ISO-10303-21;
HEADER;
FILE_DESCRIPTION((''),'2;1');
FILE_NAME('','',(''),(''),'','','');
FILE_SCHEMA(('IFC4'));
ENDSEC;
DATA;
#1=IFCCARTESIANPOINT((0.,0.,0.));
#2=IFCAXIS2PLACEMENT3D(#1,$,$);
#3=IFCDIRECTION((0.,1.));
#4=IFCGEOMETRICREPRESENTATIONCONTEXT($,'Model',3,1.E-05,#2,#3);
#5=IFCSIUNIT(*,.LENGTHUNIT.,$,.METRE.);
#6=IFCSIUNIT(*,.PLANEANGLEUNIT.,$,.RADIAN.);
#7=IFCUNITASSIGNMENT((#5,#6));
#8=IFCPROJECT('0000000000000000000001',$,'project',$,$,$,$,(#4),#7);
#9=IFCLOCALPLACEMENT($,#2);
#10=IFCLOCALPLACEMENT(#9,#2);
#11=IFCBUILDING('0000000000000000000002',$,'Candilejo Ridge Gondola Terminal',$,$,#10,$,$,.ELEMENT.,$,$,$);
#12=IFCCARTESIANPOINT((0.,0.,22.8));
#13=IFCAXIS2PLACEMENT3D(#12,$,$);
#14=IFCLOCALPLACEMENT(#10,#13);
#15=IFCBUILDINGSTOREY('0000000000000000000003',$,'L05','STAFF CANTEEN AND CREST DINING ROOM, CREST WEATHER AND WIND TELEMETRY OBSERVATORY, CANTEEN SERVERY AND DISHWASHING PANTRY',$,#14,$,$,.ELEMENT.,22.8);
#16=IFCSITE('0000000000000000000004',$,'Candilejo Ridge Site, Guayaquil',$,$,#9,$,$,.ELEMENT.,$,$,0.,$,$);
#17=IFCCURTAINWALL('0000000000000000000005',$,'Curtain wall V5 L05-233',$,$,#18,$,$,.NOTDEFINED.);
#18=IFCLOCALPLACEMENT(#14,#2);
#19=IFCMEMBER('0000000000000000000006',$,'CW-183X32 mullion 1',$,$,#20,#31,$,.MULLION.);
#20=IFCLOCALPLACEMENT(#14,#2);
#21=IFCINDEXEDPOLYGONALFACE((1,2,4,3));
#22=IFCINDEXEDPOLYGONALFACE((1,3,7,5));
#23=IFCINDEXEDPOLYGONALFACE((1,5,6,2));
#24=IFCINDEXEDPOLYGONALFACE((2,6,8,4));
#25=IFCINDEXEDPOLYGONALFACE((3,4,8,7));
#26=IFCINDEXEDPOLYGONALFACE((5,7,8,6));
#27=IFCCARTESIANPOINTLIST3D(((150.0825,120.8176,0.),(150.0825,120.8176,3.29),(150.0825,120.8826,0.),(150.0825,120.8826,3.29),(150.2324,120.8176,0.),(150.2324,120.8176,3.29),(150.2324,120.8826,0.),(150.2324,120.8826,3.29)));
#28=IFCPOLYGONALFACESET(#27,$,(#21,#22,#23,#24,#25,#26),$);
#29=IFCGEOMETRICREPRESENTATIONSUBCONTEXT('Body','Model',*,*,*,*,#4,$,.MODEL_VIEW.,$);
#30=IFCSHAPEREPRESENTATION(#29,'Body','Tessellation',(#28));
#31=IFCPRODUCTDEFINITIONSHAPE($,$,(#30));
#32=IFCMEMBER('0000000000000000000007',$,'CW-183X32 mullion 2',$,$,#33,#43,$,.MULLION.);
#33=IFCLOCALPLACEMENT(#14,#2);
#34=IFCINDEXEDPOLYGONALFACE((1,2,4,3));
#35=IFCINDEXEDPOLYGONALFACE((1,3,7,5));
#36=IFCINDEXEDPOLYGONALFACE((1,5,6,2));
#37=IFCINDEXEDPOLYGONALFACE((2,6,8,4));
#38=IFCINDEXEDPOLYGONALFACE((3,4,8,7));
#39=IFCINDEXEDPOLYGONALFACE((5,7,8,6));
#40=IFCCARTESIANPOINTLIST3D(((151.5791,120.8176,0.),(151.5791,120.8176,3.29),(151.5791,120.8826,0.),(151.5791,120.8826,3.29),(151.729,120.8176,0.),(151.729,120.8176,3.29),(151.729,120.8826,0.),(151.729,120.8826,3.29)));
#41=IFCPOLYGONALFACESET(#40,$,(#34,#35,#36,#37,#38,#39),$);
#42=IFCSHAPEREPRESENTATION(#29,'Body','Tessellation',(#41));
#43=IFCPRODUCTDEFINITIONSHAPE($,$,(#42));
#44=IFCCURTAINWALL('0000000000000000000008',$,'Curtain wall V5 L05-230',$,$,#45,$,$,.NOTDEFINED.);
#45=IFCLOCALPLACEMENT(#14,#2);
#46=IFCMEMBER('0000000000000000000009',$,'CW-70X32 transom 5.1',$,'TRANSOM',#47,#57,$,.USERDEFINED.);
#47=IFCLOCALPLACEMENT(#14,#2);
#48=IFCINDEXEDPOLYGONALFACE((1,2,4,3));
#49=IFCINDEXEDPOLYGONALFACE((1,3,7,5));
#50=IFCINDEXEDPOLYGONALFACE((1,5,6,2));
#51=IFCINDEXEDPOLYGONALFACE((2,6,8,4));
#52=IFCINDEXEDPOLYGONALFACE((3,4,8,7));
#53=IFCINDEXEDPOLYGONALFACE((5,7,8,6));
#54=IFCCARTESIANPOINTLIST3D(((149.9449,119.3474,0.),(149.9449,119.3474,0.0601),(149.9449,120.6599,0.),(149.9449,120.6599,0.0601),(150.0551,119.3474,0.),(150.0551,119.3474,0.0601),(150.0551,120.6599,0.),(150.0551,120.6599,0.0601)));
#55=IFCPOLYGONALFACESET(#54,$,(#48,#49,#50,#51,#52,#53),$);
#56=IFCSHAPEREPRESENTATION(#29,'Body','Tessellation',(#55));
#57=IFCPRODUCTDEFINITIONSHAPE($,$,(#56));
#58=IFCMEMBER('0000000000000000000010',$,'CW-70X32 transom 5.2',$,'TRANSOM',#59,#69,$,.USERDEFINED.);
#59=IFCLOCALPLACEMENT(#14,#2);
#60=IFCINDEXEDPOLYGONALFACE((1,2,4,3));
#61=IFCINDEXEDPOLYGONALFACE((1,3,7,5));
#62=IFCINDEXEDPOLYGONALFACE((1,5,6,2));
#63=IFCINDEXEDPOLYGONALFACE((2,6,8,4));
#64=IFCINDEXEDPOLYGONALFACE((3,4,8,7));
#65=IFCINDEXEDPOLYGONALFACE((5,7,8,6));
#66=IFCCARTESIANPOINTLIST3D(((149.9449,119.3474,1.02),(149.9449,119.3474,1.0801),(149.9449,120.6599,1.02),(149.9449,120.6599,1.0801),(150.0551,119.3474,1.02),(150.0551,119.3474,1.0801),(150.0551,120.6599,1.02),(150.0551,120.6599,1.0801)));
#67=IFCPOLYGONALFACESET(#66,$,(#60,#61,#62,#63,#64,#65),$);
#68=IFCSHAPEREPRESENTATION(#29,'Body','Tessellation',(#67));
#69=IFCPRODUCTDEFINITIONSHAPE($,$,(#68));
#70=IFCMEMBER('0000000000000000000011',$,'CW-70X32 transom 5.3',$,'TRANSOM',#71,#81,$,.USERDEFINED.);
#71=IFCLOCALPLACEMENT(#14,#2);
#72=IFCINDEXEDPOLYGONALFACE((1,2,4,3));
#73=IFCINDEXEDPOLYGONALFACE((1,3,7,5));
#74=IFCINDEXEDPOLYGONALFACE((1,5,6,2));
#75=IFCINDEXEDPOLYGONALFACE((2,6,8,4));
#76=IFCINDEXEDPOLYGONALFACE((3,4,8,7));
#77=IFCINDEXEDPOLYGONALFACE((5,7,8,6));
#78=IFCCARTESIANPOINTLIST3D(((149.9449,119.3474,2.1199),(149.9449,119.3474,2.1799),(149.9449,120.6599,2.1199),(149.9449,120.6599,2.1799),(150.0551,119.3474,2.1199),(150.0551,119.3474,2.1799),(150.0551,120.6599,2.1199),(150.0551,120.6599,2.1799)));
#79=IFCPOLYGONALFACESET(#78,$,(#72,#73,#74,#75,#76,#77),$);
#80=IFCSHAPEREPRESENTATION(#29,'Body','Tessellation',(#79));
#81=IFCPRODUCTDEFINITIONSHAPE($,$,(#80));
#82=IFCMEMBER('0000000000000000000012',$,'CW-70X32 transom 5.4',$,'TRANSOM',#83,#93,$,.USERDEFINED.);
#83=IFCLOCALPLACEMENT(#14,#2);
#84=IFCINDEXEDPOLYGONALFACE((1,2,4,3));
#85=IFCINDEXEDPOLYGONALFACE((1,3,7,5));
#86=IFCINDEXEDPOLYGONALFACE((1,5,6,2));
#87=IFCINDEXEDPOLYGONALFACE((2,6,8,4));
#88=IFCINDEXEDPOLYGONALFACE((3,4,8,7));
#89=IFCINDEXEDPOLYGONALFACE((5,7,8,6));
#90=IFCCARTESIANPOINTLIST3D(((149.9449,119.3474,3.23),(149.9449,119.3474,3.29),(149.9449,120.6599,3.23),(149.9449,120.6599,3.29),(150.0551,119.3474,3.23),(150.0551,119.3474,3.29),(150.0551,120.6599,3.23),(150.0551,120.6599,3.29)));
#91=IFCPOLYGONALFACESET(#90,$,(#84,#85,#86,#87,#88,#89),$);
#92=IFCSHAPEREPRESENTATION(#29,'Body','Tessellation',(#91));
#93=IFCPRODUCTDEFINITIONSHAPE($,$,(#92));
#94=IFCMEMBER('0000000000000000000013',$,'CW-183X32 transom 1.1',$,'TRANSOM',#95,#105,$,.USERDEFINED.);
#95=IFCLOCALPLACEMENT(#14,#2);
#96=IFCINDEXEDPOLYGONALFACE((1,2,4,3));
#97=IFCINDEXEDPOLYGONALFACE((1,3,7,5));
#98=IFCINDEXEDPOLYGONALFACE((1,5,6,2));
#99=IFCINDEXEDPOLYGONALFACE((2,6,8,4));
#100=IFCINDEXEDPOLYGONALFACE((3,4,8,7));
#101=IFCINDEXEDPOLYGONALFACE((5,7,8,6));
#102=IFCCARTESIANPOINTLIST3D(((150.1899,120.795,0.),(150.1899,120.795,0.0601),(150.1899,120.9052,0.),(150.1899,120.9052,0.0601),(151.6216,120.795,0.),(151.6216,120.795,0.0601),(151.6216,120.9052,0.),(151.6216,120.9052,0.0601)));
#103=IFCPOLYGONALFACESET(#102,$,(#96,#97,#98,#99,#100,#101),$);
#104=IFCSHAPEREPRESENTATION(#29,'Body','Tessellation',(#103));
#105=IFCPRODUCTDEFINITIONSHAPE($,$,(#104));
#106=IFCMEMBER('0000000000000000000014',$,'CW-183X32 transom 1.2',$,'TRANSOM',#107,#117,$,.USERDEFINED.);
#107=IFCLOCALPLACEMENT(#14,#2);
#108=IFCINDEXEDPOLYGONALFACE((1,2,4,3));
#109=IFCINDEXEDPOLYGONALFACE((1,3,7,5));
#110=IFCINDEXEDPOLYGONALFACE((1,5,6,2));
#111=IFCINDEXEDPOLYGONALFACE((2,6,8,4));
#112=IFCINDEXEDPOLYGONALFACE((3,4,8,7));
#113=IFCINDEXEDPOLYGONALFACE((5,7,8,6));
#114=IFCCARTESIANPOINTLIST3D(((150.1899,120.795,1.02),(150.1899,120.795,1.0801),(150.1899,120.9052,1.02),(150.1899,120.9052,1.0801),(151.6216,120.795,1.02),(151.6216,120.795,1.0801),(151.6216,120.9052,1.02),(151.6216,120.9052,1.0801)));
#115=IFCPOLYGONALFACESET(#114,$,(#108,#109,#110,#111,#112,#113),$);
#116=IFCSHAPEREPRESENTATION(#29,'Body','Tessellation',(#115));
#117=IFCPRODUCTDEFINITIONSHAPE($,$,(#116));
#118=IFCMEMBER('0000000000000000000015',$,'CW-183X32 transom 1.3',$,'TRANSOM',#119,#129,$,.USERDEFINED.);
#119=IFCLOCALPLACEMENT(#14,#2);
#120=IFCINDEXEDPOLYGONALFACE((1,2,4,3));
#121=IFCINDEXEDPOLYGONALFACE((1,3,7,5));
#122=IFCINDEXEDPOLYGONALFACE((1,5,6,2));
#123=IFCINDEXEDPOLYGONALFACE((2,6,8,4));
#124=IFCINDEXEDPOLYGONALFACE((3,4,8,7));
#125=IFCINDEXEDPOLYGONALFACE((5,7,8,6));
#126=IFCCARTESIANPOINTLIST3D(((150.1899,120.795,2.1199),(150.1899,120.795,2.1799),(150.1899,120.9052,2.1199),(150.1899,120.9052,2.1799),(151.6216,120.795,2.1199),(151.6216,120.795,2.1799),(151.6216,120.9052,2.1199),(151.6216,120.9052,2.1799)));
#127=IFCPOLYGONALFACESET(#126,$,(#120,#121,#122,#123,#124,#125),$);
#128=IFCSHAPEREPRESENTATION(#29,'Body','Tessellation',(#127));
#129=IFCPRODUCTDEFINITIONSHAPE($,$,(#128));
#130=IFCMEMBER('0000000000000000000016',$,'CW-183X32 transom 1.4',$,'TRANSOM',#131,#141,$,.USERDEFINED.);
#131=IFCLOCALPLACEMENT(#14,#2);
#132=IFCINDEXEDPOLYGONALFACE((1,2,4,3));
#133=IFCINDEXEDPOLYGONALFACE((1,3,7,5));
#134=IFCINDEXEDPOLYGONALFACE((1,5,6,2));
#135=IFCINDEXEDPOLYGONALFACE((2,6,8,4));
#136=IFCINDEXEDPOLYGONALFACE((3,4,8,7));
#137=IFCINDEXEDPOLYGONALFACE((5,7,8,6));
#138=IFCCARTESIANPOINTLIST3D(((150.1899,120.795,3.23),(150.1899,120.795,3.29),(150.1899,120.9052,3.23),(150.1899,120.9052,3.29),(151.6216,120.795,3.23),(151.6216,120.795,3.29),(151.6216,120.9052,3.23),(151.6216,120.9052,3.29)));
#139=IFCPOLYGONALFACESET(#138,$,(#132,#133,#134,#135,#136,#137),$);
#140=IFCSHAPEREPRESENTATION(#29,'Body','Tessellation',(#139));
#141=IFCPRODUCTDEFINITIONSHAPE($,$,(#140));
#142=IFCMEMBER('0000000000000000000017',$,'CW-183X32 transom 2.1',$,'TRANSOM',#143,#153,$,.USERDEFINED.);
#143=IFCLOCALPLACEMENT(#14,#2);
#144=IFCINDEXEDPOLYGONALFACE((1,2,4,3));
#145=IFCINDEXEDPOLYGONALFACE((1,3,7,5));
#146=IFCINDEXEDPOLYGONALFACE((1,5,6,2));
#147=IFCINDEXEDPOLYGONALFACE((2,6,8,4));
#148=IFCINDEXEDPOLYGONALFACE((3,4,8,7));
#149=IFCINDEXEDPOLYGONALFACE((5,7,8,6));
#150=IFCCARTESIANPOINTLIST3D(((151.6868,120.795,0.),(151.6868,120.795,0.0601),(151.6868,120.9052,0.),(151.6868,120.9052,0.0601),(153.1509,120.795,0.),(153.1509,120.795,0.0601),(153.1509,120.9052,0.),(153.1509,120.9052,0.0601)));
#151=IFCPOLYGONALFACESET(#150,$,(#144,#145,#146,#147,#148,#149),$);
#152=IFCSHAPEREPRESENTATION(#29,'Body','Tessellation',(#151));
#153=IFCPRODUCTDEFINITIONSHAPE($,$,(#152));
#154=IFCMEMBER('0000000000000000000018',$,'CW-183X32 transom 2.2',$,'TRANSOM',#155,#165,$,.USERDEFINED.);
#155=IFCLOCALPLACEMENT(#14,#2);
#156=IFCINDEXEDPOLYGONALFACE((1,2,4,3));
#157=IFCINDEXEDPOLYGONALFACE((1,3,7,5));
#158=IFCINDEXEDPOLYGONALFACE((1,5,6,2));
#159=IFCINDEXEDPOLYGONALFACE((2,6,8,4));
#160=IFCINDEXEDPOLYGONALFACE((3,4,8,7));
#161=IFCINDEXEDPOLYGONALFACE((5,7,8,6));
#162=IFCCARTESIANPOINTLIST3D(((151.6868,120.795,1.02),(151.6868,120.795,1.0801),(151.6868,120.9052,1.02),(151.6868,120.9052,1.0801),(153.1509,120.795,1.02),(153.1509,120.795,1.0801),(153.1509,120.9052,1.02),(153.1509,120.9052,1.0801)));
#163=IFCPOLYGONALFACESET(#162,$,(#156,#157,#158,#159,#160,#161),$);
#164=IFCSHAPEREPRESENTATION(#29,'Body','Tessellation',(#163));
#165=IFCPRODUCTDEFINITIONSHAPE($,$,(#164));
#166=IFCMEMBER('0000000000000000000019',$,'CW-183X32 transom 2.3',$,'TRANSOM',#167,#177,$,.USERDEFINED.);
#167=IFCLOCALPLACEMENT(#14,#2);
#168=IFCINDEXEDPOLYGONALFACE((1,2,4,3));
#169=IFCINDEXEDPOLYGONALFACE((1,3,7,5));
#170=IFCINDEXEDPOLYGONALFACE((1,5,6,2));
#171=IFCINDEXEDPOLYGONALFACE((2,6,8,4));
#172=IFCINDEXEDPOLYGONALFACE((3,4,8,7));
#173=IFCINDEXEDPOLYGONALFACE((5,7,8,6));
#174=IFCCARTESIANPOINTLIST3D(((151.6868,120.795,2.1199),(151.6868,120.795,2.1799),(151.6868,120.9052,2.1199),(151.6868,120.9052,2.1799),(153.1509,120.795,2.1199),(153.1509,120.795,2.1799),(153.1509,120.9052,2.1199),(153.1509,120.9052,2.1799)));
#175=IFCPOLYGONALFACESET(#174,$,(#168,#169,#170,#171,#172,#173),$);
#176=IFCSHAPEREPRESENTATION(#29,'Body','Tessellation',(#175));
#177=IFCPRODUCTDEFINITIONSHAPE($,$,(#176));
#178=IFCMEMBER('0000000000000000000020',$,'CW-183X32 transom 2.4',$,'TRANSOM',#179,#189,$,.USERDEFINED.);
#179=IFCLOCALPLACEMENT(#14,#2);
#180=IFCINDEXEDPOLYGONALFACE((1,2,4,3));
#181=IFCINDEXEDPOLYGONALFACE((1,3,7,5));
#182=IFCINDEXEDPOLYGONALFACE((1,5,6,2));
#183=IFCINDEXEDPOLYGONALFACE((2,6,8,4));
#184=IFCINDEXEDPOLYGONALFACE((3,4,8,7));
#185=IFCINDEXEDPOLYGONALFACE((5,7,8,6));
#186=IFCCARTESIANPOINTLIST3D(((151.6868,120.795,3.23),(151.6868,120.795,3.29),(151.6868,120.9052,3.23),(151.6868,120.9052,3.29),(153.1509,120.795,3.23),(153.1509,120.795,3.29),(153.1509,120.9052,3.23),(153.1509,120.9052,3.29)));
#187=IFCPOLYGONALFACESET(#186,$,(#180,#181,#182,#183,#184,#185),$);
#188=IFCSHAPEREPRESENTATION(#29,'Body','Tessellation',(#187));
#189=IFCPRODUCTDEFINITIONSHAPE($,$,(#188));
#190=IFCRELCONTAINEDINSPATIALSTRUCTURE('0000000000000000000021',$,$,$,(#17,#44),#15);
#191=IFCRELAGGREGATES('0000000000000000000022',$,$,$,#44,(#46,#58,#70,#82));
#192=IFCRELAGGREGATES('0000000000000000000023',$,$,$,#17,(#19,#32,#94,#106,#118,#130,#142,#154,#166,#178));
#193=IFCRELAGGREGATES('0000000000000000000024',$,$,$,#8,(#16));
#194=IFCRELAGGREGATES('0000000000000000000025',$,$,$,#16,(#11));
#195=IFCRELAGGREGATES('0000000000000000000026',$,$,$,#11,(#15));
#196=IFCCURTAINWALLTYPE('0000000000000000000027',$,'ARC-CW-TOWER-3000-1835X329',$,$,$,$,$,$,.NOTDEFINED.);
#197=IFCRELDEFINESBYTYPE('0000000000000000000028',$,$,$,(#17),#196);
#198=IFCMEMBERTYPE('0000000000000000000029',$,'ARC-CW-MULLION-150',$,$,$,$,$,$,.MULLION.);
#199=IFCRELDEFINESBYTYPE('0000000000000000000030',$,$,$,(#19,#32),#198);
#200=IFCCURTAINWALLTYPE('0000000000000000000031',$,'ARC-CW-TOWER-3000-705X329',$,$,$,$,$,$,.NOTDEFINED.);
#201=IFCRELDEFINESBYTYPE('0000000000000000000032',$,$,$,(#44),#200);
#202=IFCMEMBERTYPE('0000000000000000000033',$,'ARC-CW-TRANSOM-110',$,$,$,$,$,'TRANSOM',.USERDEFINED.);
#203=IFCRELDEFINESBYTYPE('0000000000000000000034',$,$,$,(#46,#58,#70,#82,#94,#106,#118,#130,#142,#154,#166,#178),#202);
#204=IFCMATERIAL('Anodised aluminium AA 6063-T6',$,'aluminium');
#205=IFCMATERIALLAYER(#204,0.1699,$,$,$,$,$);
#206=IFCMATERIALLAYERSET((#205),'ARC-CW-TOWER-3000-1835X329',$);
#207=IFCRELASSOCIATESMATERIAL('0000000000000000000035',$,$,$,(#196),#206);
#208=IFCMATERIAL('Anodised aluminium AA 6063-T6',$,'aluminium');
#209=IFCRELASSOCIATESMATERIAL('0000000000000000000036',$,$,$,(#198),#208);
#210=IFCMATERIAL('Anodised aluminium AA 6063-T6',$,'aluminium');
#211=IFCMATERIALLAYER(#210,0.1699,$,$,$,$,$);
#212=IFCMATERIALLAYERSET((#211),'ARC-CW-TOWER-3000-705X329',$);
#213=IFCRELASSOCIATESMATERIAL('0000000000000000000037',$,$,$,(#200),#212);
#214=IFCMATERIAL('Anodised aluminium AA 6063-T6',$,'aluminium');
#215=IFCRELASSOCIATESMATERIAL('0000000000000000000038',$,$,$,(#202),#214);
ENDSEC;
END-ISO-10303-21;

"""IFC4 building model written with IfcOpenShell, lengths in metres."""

from ifc_helpers import new_model, si_unit, direction, frame, origin, origin_2d, place, context, subcontext, project, spatial, rectangle, extrude, material, layer, layer_set, material_profile, profile_set, type_object, element, aggregate, save


model = new_model("IFC4")

# Units and contexts
model_context = context("Model", 3, precision=1e-05, world=origin(), true_north=direction((0.0, 1.0)))
body_context = subcontext(model_context, "Body", "Model", "MODEL_VIEW")
ifc_project = project(units=[si_unit("LENGTHUNIT", "METRE"), si_unit("PLANEANGLEUNIT", "RADIAN")], contexts=[model_context])

# Site, building, storey
site_placement = place(None, origin())
site = spatial("IfcSite", under=ifc_project, at=site_placement, Name="Candilejo Ridge Site, Guayaquil", CompositionType="ELEMENT", RefElevation=0.0)
building_placement = place(site_placement, origin())
building = spatial("IfcBuilding", under=site, at=building_placement, Name="Candilejo Ridge Gondola Terminal", CompositionType="ELEMENT")
storey_placement = place(building_placement, frame((0.0, 0.0, 22.8)))
storey = spatial("IfcBuildingStorey", under=building, at=storey_placement, Name="L05", Description="STAFF CANTEEN AND CREST DINING ROOM, CREST WEATHER AND WIND TELEMETRY OBSERVATORY, CANTEEN SERVERY AND DISHWASHING PANTRY", CompositionType="ELEMENT", Elevation=22.8)

# Curtain walls, members
ifc_material_1 = material(Name="Anodised aluminium AA 6063-T6", Category="aluminium")
ifc_layer_1 = layer(ifc_material_1, 0.1699)
ifc_layer_set_1 = layer_set([ifc_layer_1], Name="ARC-CW-TOWER-3000-1835X329")
curtain_wall_type_1 = type_object("IfcCurtainWallType", Name="ARC-CW-TOWER-3000-1835X329", PredefinedType="NOTDEFINED", material=ifc_layer_set_1)
curtain_wall_1_placement = place(storey_placement, origin())
curtain_wall_1 = element("IfcCurtainWall", 1, at=curtain_wall_1_placement, inside=storey, type_object=curtain_wall_type_1, Name="Curtain wall V5 L05-233", PredefinedType="NOTDEFINED")
ifc_material_2 = material(Name="Anodised aluminium AA 6063-T6", Category="aluminium")
ifc_material_profile_1 = material_profile(ifc_material_2, rectangle(XDim=0.0649, YDim=0.1499, at=origin_2d()))
ifc_profile_set_1 = profile_set([ifc_material_profile_1], Name="Anodised aluminium AA 6063-T6")
member_type_1 = type_object("IfcMemberType", Name="ARC-CW-MULLION-150", PredefinedType="MULLION", material=ifc_profile_set_1)
member_1_placement = place(storey_placement, frame((150.1575, 120.8501, 0.0), z_axis=(0.0, 0.0, 1.0), x_axis=(0.0, 1.0, 0.0)))
member_1 = element("IfcMember", 2, at=member_1_placement, type_object=member_type_1, Name="CW-183X32 mullion 1", PredefinedType="MULLION", context=body_context, shape_type="SweptSolid", body=[
    extrude(rectangle(XDim=0.0649, YDim=0.1499, at=origin_2d()), origin(), (0.0, 0.0, 1.0), 3.29),
])
member_2_placement = place(storey_placement, frame((151.6541, 120.8501, 0.0), z_axis=(0.0, 0.0, 1.0), x_axis=(0.0, 1.0, 0.0)))
member_2 = element("IfcMember", 3, at=member_2_placement, type_object=member_type_1, Name="CW-183X32 mullion 2", PredefinedType="MULLION", context=body_context, shape_type="SweptSolid", body=[
    extrude(rectangle(XDim=0.0649, YDim=0.1499, at=origin_2d()), origin(), (0.0, 0.0, 1.0), 3.29),
])
ifc_material_3 = material(Name="Anodised aluminium AA 6063-T6", Category="aluminium")
ifc_layer_2 = layer(ifc_material_3, 0.1699)
ifc_layer_set_2 = layer_set([ifc_layer_2], Name="ARC-CW-TOWER-3000-705X329")
curtain_wall_type_2 = type_object("IfcCurtainWallType", Name="ARC-CW-TOWER-3000-705X329", PredefinedType="NOTDEFINED", material=ifc_layer_set_2)
curtain_wall_2_placement = place(storey_placement, origin())
curtain_wall_2 = element("IfcCurtainWall", 4, at=curtain_wall_2_placement, inside=storey, type_object=curtain_wall_type_2, Name="Curtain wall V5 L05-230", PredefinedType="NOTDEFINED")
ifc_material_4 = material(Name="Anodised aluminium AA 6063-T6", Category="aluminium")
ifc_material_profile_2 = material_profile(ifc_material_4, rectangle(XDim=0.1101, YDim=0.0601, at=origin_2d()))
ifc_profile_set_2 = profile_set([ifc_material_profile_2], Name="Anodised aluminium AA 6063-T6")
member_type_2 = type_object("IfcMemberType", Name="ARC-CW-TRANSOM-110", ElementType="TRANSOM", PredefinedType="USERDEFINED", material=ifc_profile_set_2)
member_3_placement = place(storey_placement, frame((150.0, 119.3474, 0.03), z_axis=(0.0, 1.0, 0.0), x_axis=(-1.0, 0.0, 0.0)))
member_3 = element("IfcMember", 5, at=member_3_placement, type_object=member_type_2, Name="CW-70X32 transom 5.1", ObjectType="TRANSOM", PredefinedType="USERDEFINED", context=body_context, shape_type="SweptSolid", body=[
    extrude(rectangle(XDim=0.1101, YDim=0.0601, at=origin_2d()), origin(), (0.0, 0.0, 1.0), 1.3125),
])
member_4_placement = place(storey_placement, frame((150.0, 119.3474, 1.05), z_axis=(0.0, 1.0, 0.0), x_axis=(-1.0, 0.0, 0.0)))
member_4 = element("IfcMember", 6, at=member_4_placement, type_object=member_type_2, Name="CW-70X32 transom 5.2", ObjectType="TRANSOM", PredefinedType="USERDEFINED", context=body_context, shape_type="SweptSolid", body=[
    extrude(rectangle(XDim=0.1101, YDim=0.0601, at=origin_2d()), origin(), (0.0, 0.0, 1.0), 1.3125),
])
member_5_placement = place(storey_placement, frame((150.0, 119.3474, 2.1499), z_axis=(0.0, 1.0, 0.0), x_axis=(-1.0, 0.0, 0.0)))
member_5 = element("IfcMember", 7, at=member_5_placement, type_object=member_type_2, Name="CW-70X32 transom 5.3", ObjectType="TRANSOM", PredefinedType="USERDEFINED", context=body_context, shape_type="SweptSolid", body=[
    extrude(rectangle(XDim=0.1101, YDim=0.0601, at=origin_2d()), origin(), (0.0, 0.0, 1.0), 1.3125),
])
member_6_placement = place(storey_placement, frame((150.0, 119.3474, 3.26), z_axis=(0.0, 1.0, 0.0), x_axis=(-1.0, 0.0, 0.0)))
member_6 = element("IfcMember", 8, at=member_6_placement, type_object=member_type_2, Name="CW-70X32 transom 5.4", ObjectType="TRANSOM", PredefinedType="USERDEFINED", context=body_context, shape_type="SweptSolid", body=[
    extrude(rectangle(XDim=0.1101, YDim=0.0601, at=origin_2d()), origin(), (0.0, 0.0, 1.0), 1.3125),
])

# Members
member_7_placement = place(storey_placement, frame((150.1899, 120.8501, 0.03), z_axis=(1.0, 0.0, 0.0), x_axis=(0.0, 1.0, 0.0)))
member_7 = element("IfcMember", 9, at=member_7_placement, type_object=member_type_2, Name="CW-183X32 transom 1.1", ObjectType="TRANSOM", PredefinedType="USERDEFINED", context=body_context, shape_type="SweptSolid", body=[
    extrude(rectangle(XDim=0.1101, YDim=0.0601, at=origin_2d()), origin(), (0.0, 0.0, 1.0), 1.4316),
])
member_8_placement = place(storey_placement, frame((150.1899, 120.8501, 1.05), z_axis=(1.0, 0.0, 0.0), x_axis=(0.0, 1.0, 0.0)))
member_8 = element("IfcMember", 10, at=member_8_placement, type_object=member_type_2, Name="CW-183X32 transom 1.2", ObjectType="TRANSOM", PredefinedType="USERDEFINED", context=body_context, shape_type="SweptSolid", body=[
    extrude(rectangle(XDim=0.1101, YDim=0.0601, at=origin_2d()), origin(), (0.0, 0.0, 1.0), 1.4316),
])
member_9_placement = place(storey_placement, frame((150.1899, 120.8501, 2.1499), z_axis=(1.0, 0.0, 0.0), x_axis=(0.0, 1.0, 0.0)))
member_9 = element("IfcMember", 11, at=member_9_placement, type_object=member_type_2, Name="CW-183X32 transom 1.3", ObjectType="TRANSOM", PredefinedType="USERDEFINED", context=body_context, shape_type="SweptSolid", body=[
    extrude(rectangle(XDim=0.1101, YDim=0.0601, at=origin_2d()), origin(), (0.0, 0.0, 1.0), 1.4316),
])
member_10_placement = place(storey_placement, frame((150.1899, 120.8501, 3.26), z_axis=(1.0, 0.0, 0.0), x_axis=(0.0, 1.0, 0.0)))
member_10 = element("IfcMember", 12, at=member_10_placement, type_object=member_type_2, Name="CW-183X32 transom 1.4", ObjectType="TRANSOM", PredefinedType="USERDEFINED", context=body_context, shape_type="SweptSolid", body=[
    extrude(rectangle(XDim=0.1101, YDim=0.0601, at=origin_2d()), origin(), (0.0, 0.0, 1.0), 1.4316),
])
member_11_placement = place(storey_placement, frame((151.6868, 120.8501, 0.03), z_axis=(1.0, 0.0, 0.0), x_axis=(0.0, 1.0, 0.0)))
member_11 = element("IfcMember", 13, at=member_11_placement, type_object=member_type_2, Name="CW-183X32 transom 2.1", ObjectType="TRANSOM", PredefinedType="USERDEFINED", context=body_context, shape_type="SweptSolid", body=[
    extrude(rectangle(XDim=0.1101, YDim=0.0601, at=origin_2d()), origin(), (0.0, 0.0, 1.0), 1.4641),
])
member_12_placement = place(storey_placement, frame((151.6868, 120.8501, 1.05), z_axis=(1.0, 0.0, 0.0), x_axis=(0.0, 1.0, 0.0)))
member_12 = element("IfcMember", 14, at=member_12_placement, type_object=member_type_2, Name="CW-183X32 transom 2.2", ObjectType="TRANSOM", PredefinedType="USERDEFINED", context=body_context, shape_type="SweptSolid", body=[
    extrude(rectangle(XDim=0.1101, YDim=0.0601, at=origin_2d()), origin(), (0.0, 0.0, 1.0), 1.4641),
])
member_13_placement = place(storey_placement, frame((151.6868, 120.8501, 2.1499), z_axis=(1.0, 0.0, 0.0), x_axis=(0.0, 1.0, 0.0)))
member_13 = element("IfcMember", 15, at=member_13_placement, type_object=member_type_2, Name="CW-183X32 transom 2.3", ObjectType="TRANSOM", PredefinedType="USERDEFINED", context=body_context, shape_type="SweptSolid", body=[
    extrude(rectangle(XDim=0.1101, YDim=0.0601, at=origin_2d()), origin(), (0.0, 0.0, 1.0), 1.4641),
])
member_14_placement = place(storey_placement, frame((151.6868, 120.8501, 3.26), z_axis=(1.0, 0.0, 0.0), x_axis=(0.0, 1.0, 0.0)))
member_14 = element("IfcMember", 16, at=member_14_placement, type_object=member_type_2, Name="CW-183X32 transom 2.4", ObjectType="TRANSOM", PredefinedType="USERDEFINED", context=body_context, shape_type="SweptSolid", body=[
    extrude(rectangle(XDim=0.1101, YDim=0.0601, at=origin_2d()), origin(), (0.0, 0.0, 1.0), 1.4641),
])

aggregate(curtain_wall_2, [member_3, member_4, member_5, member_6])
aggregate(curtain_wall_1, [member_1, member_2, member_7, member_8, member_9, member_10, member_11, member_12, member_13, member_14])

save(model, "model.ifc")
